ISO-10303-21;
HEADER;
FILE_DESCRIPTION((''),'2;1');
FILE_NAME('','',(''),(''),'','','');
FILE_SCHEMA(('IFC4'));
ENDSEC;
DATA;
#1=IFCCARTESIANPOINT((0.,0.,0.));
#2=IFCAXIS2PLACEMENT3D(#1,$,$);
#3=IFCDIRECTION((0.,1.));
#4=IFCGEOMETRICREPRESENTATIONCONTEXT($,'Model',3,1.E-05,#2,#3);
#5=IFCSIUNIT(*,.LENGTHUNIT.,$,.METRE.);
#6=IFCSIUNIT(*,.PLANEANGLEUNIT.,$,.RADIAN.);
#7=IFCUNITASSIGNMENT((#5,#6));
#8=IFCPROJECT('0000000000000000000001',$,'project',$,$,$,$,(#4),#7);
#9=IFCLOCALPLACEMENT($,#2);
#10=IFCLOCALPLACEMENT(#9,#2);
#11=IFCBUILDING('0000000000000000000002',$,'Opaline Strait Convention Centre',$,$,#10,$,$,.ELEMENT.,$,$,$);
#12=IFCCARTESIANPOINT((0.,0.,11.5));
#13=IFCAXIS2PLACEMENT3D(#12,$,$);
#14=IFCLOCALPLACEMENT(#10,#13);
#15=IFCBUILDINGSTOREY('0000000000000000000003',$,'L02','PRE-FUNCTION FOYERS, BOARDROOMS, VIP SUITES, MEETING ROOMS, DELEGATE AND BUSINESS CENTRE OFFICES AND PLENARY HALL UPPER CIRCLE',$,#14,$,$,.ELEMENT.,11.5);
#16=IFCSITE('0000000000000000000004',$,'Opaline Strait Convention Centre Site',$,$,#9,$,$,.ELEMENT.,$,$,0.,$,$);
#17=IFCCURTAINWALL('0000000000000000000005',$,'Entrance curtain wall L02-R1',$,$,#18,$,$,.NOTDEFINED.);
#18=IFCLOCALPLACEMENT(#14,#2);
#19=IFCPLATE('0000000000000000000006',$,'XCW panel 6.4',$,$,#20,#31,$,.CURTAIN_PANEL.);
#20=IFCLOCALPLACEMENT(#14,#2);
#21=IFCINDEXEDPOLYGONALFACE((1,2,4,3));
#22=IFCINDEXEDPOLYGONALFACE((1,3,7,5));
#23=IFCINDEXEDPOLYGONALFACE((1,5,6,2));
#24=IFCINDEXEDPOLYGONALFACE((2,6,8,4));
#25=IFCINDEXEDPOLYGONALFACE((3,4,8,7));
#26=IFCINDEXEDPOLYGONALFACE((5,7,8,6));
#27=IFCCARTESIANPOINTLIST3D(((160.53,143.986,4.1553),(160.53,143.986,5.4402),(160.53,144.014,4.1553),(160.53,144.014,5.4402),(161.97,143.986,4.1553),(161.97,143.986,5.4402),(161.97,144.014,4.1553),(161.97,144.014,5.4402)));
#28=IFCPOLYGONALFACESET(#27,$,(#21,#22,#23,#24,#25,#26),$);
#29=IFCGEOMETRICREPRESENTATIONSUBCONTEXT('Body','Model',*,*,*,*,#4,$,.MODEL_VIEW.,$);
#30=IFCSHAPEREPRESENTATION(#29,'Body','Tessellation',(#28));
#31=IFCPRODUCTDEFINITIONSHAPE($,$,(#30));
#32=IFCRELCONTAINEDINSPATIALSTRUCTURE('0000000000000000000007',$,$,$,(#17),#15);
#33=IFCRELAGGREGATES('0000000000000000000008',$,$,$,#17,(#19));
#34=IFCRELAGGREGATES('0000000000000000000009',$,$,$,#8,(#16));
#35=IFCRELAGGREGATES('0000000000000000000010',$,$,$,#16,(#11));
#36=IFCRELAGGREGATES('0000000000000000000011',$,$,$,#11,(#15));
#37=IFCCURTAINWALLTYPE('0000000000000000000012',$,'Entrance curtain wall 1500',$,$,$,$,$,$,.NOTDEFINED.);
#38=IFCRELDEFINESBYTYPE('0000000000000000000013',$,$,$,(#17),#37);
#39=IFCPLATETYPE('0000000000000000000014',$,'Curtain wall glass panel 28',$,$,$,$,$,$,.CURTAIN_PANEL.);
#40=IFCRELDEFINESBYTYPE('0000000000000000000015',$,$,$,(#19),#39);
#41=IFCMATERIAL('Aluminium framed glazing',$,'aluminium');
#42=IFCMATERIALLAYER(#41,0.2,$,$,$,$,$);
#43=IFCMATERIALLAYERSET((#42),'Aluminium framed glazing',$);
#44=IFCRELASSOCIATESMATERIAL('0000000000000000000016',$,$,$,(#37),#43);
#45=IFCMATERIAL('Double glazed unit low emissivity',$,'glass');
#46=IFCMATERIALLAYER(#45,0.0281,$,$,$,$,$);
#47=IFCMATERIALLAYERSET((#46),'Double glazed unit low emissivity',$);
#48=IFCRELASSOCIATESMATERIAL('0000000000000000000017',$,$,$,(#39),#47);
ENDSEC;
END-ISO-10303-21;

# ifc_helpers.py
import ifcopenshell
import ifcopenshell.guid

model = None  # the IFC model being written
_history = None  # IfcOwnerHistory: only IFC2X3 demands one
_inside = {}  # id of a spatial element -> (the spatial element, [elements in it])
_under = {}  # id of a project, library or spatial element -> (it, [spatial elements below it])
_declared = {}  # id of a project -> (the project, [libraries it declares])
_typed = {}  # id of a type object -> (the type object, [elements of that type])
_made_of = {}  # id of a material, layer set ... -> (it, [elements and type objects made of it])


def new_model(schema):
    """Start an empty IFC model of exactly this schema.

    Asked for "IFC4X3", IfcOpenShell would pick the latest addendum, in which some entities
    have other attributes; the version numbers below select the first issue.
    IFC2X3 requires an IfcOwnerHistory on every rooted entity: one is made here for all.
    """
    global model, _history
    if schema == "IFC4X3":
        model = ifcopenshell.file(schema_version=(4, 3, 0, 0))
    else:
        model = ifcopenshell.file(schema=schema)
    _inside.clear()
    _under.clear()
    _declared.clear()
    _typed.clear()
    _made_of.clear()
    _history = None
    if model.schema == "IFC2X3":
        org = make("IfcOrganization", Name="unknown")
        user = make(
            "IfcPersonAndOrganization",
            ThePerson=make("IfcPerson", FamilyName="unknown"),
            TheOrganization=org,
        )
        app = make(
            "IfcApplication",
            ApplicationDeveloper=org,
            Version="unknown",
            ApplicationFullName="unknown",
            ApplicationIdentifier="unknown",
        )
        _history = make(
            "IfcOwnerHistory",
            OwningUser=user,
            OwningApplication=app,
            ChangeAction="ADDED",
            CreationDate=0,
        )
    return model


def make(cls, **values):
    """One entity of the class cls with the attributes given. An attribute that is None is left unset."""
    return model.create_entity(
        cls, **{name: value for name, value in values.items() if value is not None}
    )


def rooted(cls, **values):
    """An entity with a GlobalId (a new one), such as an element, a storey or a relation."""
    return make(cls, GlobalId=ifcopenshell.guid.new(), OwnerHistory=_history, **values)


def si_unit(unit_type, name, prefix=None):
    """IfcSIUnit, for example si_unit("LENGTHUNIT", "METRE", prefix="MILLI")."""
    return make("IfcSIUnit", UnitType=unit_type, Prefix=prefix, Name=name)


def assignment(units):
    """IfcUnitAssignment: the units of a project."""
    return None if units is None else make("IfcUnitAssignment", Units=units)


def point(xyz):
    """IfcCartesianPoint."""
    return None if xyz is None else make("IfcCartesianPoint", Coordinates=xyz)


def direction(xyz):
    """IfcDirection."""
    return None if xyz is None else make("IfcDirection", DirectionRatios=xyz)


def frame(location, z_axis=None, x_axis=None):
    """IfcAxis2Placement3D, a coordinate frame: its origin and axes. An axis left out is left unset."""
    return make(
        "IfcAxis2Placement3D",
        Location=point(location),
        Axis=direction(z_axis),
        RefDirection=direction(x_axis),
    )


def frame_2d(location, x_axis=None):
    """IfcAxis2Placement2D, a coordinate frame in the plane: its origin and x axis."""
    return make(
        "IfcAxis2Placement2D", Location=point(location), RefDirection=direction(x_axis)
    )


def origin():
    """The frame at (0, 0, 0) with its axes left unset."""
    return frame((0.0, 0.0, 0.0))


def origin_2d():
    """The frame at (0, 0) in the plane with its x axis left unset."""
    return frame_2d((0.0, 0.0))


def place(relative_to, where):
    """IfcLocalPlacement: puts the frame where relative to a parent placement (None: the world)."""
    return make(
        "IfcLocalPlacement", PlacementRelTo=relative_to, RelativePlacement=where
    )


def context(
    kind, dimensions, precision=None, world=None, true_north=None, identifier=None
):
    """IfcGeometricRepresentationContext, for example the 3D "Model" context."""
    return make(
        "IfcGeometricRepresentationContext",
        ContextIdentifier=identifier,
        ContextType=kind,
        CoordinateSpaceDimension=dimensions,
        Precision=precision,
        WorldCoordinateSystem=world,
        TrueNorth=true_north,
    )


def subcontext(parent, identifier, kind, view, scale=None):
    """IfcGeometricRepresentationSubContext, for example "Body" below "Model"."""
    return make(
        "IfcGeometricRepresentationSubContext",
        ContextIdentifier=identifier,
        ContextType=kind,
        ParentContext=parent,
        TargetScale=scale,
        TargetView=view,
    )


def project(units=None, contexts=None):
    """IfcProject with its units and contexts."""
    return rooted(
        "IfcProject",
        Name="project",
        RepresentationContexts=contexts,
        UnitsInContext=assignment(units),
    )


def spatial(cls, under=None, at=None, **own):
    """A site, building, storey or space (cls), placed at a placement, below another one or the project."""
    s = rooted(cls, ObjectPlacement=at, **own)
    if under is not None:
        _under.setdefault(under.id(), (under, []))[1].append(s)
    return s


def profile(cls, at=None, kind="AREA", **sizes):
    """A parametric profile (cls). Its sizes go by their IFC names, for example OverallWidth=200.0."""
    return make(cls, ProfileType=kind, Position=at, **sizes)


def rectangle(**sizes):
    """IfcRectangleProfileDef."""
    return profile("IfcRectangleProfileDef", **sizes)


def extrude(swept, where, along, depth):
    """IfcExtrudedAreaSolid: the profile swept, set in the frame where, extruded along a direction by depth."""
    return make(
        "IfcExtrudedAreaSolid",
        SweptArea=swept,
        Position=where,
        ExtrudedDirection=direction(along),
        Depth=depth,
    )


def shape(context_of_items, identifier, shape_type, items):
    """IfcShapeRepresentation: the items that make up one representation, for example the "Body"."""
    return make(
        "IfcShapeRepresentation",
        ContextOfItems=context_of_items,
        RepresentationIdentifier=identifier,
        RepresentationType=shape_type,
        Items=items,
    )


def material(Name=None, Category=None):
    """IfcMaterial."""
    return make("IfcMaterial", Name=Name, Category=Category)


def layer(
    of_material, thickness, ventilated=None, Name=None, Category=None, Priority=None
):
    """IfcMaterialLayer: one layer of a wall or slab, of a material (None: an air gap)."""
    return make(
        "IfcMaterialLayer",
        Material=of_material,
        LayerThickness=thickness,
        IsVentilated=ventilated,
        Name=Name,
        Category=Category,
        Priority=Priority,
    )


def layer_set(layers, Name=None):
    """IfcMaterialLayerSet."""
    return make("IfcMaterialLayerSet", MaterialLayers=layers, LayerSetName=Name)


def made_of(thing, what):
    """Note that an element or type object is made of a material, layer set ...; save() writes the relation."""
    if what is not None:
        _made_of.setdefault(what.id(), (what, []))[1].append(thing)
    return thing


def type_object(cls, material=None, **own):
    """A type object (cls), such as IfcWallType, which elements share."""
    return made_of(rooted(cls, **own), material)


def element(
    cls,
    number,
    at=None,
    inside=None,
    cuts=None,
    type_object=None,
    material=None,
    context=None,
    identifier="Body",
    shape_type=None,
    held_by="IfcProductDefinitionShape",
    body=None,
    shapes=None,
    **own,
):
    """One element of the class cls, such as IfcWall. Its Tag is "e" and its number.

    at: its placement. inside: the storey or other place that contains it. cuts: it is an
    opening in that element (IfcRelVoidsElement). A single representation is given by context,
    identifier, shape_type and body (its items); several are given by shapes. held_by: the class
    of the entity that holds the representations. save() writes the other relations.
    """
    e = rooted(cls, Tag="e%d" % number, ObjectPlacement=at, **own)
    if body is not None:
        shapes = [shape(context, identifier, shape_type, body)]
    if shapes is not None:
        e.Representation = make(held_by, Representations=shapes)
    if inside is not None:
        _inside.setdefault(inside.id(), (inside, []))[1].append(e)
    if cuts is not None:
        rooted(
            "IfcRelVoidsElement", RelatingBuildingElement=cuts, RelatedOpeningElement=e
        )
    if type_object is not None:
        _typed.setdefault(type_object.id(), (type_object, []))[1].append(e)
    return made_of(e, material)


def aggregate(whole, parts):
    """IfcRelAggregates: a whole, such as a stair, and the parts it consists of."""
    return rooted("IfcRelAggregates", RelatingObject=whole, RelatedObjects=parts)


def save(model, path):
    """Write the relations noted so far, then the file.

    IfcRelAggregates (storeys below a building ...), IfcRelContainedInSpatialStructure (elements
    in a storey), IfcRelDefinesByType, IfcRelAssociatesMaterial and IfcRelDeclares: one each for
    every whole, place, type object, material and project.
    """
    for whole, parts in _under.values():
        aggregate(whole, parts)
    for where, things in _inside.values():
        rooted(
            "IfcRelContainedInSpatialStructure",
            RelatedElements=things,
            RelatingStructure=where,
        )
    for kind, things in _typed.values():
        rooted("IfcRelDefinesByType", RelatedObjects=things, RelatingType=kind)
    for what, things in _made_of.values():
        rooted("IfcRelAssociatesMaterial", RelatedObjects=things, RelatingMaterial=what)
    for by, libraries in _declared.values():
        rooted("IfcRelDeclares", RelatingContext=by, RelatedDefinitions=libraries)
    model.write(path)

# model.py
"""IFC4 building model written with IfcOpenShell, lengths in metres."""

from ifc_helpers import new_model, si_unit, direction, frame, origin, origin_2d, place, context, subcontext, project, spatial, rectangle, extrude, material, layer, layer_set, type_object, element, aggregate, save


model = new_model("IFC4")

# Units and contexts
model_context = context("Model", 3, precision=1e-05, world=origin(), true_north=direction((0.0, 1.0)))
body_context = subcontext(model_context, "Body", "Model", "MODEL_VIEW")
ifc_project = project(units=[si_unit("LENGTHUNIT", "METRE"), si_unit("PLANEANGLEUNIT", "RADIAN")], contexts=[model_context])

# Site, building, storey
site_placement = place(None, origin())
site = spatial("IfcSite", under=ifc_project, at=site_placement, Name="Opaline Strait Convention Centre Site", CompositionType="ELEMENT", RefElevation=0.0)
building_placement = place(site_placement, origin())
building = spatial("IfcBuilding", under=site, at=building_placement, Name="Opaline Strait Convention Centre", CompositionType="ELEMENT")
storey_placement = place(building_placement, frame((0.0, 0.0, 11.5)))
storey = spatial("IfcBuildingStorey", under=building, at=storey_placement, Name="L02", Description="PRE-FUNCTION FOYERS, BOARDROOMS, VIP SUITES, MEETING ROOMS, DELEGATE AND BUSINESS CENTRE OFFICES AND PLENARY HALL UPPER CIRCLE", CompositionType="ELEMENT", Elevation=11.5)

# Curtain wall
ifc_material_1 = material(Name="Aluminium framed glazing", Category="aluminium")
ifc_layer_1 = layer(ifc_material_1, 0.2)
ifc_layer_set_1 = layer_set([ifc_layer_1], Name="Aluminium framed glazing")
curtain_wall_type = type_object("IfcCurtainWallType", Name="Entrance curtain wall 1500", PredefinedType="NOTDEFINED", material=ifc_layer_set_1)
curtain_wall_placement = place(storey_placement, origin())
curtain_wall = element("IfcCurtainWall", 1, at=curtain_wall_placement, inside=storey, type_object=curtain_wall_type, Name="Entrance curtain wall L02-R1", PredefinedType="NOTDEFINED")

# Plate
ifc_material_2 = material(Name="Double glazed unit low emissivity", Category="glass")
ifc_layer_2 = layer(ifc_material_2, 0.0281)
ifc_layer_set_2 = layer_set([ifc_layer_2], Name="Double glazed unit low emissivity")
plate_type = type_object("IfcPlateType", Name="Curtain wall glass panel 28", PredefinedType="CURTAIN_PANEL", material=ifc_layer_set_2)
plate_1_placement = place(storey_placement, frame((161.25, 144.0, 4.1553), z_axis=(0.0, 0.0, 1.0), x_axis=(1.0, 0.0, 0.0)))
plate_1 = element("IfcPlate", 2, at=plate_1_placement, type_object=plate_type, Name="XCW panel 6.4", PredefinedType="CURTAIN_PANEL", context=body_context, shape_type="SweptSolid", body=[
    extrude(rectangle(XDim=1.4399, YDim=0.0281, at=origin_2d()), origin(), (0.0, 0.0, 1.0), 1.2849),
])
aggregate(curtain_wall, [plate_1])

save(model, "model.ifc")
